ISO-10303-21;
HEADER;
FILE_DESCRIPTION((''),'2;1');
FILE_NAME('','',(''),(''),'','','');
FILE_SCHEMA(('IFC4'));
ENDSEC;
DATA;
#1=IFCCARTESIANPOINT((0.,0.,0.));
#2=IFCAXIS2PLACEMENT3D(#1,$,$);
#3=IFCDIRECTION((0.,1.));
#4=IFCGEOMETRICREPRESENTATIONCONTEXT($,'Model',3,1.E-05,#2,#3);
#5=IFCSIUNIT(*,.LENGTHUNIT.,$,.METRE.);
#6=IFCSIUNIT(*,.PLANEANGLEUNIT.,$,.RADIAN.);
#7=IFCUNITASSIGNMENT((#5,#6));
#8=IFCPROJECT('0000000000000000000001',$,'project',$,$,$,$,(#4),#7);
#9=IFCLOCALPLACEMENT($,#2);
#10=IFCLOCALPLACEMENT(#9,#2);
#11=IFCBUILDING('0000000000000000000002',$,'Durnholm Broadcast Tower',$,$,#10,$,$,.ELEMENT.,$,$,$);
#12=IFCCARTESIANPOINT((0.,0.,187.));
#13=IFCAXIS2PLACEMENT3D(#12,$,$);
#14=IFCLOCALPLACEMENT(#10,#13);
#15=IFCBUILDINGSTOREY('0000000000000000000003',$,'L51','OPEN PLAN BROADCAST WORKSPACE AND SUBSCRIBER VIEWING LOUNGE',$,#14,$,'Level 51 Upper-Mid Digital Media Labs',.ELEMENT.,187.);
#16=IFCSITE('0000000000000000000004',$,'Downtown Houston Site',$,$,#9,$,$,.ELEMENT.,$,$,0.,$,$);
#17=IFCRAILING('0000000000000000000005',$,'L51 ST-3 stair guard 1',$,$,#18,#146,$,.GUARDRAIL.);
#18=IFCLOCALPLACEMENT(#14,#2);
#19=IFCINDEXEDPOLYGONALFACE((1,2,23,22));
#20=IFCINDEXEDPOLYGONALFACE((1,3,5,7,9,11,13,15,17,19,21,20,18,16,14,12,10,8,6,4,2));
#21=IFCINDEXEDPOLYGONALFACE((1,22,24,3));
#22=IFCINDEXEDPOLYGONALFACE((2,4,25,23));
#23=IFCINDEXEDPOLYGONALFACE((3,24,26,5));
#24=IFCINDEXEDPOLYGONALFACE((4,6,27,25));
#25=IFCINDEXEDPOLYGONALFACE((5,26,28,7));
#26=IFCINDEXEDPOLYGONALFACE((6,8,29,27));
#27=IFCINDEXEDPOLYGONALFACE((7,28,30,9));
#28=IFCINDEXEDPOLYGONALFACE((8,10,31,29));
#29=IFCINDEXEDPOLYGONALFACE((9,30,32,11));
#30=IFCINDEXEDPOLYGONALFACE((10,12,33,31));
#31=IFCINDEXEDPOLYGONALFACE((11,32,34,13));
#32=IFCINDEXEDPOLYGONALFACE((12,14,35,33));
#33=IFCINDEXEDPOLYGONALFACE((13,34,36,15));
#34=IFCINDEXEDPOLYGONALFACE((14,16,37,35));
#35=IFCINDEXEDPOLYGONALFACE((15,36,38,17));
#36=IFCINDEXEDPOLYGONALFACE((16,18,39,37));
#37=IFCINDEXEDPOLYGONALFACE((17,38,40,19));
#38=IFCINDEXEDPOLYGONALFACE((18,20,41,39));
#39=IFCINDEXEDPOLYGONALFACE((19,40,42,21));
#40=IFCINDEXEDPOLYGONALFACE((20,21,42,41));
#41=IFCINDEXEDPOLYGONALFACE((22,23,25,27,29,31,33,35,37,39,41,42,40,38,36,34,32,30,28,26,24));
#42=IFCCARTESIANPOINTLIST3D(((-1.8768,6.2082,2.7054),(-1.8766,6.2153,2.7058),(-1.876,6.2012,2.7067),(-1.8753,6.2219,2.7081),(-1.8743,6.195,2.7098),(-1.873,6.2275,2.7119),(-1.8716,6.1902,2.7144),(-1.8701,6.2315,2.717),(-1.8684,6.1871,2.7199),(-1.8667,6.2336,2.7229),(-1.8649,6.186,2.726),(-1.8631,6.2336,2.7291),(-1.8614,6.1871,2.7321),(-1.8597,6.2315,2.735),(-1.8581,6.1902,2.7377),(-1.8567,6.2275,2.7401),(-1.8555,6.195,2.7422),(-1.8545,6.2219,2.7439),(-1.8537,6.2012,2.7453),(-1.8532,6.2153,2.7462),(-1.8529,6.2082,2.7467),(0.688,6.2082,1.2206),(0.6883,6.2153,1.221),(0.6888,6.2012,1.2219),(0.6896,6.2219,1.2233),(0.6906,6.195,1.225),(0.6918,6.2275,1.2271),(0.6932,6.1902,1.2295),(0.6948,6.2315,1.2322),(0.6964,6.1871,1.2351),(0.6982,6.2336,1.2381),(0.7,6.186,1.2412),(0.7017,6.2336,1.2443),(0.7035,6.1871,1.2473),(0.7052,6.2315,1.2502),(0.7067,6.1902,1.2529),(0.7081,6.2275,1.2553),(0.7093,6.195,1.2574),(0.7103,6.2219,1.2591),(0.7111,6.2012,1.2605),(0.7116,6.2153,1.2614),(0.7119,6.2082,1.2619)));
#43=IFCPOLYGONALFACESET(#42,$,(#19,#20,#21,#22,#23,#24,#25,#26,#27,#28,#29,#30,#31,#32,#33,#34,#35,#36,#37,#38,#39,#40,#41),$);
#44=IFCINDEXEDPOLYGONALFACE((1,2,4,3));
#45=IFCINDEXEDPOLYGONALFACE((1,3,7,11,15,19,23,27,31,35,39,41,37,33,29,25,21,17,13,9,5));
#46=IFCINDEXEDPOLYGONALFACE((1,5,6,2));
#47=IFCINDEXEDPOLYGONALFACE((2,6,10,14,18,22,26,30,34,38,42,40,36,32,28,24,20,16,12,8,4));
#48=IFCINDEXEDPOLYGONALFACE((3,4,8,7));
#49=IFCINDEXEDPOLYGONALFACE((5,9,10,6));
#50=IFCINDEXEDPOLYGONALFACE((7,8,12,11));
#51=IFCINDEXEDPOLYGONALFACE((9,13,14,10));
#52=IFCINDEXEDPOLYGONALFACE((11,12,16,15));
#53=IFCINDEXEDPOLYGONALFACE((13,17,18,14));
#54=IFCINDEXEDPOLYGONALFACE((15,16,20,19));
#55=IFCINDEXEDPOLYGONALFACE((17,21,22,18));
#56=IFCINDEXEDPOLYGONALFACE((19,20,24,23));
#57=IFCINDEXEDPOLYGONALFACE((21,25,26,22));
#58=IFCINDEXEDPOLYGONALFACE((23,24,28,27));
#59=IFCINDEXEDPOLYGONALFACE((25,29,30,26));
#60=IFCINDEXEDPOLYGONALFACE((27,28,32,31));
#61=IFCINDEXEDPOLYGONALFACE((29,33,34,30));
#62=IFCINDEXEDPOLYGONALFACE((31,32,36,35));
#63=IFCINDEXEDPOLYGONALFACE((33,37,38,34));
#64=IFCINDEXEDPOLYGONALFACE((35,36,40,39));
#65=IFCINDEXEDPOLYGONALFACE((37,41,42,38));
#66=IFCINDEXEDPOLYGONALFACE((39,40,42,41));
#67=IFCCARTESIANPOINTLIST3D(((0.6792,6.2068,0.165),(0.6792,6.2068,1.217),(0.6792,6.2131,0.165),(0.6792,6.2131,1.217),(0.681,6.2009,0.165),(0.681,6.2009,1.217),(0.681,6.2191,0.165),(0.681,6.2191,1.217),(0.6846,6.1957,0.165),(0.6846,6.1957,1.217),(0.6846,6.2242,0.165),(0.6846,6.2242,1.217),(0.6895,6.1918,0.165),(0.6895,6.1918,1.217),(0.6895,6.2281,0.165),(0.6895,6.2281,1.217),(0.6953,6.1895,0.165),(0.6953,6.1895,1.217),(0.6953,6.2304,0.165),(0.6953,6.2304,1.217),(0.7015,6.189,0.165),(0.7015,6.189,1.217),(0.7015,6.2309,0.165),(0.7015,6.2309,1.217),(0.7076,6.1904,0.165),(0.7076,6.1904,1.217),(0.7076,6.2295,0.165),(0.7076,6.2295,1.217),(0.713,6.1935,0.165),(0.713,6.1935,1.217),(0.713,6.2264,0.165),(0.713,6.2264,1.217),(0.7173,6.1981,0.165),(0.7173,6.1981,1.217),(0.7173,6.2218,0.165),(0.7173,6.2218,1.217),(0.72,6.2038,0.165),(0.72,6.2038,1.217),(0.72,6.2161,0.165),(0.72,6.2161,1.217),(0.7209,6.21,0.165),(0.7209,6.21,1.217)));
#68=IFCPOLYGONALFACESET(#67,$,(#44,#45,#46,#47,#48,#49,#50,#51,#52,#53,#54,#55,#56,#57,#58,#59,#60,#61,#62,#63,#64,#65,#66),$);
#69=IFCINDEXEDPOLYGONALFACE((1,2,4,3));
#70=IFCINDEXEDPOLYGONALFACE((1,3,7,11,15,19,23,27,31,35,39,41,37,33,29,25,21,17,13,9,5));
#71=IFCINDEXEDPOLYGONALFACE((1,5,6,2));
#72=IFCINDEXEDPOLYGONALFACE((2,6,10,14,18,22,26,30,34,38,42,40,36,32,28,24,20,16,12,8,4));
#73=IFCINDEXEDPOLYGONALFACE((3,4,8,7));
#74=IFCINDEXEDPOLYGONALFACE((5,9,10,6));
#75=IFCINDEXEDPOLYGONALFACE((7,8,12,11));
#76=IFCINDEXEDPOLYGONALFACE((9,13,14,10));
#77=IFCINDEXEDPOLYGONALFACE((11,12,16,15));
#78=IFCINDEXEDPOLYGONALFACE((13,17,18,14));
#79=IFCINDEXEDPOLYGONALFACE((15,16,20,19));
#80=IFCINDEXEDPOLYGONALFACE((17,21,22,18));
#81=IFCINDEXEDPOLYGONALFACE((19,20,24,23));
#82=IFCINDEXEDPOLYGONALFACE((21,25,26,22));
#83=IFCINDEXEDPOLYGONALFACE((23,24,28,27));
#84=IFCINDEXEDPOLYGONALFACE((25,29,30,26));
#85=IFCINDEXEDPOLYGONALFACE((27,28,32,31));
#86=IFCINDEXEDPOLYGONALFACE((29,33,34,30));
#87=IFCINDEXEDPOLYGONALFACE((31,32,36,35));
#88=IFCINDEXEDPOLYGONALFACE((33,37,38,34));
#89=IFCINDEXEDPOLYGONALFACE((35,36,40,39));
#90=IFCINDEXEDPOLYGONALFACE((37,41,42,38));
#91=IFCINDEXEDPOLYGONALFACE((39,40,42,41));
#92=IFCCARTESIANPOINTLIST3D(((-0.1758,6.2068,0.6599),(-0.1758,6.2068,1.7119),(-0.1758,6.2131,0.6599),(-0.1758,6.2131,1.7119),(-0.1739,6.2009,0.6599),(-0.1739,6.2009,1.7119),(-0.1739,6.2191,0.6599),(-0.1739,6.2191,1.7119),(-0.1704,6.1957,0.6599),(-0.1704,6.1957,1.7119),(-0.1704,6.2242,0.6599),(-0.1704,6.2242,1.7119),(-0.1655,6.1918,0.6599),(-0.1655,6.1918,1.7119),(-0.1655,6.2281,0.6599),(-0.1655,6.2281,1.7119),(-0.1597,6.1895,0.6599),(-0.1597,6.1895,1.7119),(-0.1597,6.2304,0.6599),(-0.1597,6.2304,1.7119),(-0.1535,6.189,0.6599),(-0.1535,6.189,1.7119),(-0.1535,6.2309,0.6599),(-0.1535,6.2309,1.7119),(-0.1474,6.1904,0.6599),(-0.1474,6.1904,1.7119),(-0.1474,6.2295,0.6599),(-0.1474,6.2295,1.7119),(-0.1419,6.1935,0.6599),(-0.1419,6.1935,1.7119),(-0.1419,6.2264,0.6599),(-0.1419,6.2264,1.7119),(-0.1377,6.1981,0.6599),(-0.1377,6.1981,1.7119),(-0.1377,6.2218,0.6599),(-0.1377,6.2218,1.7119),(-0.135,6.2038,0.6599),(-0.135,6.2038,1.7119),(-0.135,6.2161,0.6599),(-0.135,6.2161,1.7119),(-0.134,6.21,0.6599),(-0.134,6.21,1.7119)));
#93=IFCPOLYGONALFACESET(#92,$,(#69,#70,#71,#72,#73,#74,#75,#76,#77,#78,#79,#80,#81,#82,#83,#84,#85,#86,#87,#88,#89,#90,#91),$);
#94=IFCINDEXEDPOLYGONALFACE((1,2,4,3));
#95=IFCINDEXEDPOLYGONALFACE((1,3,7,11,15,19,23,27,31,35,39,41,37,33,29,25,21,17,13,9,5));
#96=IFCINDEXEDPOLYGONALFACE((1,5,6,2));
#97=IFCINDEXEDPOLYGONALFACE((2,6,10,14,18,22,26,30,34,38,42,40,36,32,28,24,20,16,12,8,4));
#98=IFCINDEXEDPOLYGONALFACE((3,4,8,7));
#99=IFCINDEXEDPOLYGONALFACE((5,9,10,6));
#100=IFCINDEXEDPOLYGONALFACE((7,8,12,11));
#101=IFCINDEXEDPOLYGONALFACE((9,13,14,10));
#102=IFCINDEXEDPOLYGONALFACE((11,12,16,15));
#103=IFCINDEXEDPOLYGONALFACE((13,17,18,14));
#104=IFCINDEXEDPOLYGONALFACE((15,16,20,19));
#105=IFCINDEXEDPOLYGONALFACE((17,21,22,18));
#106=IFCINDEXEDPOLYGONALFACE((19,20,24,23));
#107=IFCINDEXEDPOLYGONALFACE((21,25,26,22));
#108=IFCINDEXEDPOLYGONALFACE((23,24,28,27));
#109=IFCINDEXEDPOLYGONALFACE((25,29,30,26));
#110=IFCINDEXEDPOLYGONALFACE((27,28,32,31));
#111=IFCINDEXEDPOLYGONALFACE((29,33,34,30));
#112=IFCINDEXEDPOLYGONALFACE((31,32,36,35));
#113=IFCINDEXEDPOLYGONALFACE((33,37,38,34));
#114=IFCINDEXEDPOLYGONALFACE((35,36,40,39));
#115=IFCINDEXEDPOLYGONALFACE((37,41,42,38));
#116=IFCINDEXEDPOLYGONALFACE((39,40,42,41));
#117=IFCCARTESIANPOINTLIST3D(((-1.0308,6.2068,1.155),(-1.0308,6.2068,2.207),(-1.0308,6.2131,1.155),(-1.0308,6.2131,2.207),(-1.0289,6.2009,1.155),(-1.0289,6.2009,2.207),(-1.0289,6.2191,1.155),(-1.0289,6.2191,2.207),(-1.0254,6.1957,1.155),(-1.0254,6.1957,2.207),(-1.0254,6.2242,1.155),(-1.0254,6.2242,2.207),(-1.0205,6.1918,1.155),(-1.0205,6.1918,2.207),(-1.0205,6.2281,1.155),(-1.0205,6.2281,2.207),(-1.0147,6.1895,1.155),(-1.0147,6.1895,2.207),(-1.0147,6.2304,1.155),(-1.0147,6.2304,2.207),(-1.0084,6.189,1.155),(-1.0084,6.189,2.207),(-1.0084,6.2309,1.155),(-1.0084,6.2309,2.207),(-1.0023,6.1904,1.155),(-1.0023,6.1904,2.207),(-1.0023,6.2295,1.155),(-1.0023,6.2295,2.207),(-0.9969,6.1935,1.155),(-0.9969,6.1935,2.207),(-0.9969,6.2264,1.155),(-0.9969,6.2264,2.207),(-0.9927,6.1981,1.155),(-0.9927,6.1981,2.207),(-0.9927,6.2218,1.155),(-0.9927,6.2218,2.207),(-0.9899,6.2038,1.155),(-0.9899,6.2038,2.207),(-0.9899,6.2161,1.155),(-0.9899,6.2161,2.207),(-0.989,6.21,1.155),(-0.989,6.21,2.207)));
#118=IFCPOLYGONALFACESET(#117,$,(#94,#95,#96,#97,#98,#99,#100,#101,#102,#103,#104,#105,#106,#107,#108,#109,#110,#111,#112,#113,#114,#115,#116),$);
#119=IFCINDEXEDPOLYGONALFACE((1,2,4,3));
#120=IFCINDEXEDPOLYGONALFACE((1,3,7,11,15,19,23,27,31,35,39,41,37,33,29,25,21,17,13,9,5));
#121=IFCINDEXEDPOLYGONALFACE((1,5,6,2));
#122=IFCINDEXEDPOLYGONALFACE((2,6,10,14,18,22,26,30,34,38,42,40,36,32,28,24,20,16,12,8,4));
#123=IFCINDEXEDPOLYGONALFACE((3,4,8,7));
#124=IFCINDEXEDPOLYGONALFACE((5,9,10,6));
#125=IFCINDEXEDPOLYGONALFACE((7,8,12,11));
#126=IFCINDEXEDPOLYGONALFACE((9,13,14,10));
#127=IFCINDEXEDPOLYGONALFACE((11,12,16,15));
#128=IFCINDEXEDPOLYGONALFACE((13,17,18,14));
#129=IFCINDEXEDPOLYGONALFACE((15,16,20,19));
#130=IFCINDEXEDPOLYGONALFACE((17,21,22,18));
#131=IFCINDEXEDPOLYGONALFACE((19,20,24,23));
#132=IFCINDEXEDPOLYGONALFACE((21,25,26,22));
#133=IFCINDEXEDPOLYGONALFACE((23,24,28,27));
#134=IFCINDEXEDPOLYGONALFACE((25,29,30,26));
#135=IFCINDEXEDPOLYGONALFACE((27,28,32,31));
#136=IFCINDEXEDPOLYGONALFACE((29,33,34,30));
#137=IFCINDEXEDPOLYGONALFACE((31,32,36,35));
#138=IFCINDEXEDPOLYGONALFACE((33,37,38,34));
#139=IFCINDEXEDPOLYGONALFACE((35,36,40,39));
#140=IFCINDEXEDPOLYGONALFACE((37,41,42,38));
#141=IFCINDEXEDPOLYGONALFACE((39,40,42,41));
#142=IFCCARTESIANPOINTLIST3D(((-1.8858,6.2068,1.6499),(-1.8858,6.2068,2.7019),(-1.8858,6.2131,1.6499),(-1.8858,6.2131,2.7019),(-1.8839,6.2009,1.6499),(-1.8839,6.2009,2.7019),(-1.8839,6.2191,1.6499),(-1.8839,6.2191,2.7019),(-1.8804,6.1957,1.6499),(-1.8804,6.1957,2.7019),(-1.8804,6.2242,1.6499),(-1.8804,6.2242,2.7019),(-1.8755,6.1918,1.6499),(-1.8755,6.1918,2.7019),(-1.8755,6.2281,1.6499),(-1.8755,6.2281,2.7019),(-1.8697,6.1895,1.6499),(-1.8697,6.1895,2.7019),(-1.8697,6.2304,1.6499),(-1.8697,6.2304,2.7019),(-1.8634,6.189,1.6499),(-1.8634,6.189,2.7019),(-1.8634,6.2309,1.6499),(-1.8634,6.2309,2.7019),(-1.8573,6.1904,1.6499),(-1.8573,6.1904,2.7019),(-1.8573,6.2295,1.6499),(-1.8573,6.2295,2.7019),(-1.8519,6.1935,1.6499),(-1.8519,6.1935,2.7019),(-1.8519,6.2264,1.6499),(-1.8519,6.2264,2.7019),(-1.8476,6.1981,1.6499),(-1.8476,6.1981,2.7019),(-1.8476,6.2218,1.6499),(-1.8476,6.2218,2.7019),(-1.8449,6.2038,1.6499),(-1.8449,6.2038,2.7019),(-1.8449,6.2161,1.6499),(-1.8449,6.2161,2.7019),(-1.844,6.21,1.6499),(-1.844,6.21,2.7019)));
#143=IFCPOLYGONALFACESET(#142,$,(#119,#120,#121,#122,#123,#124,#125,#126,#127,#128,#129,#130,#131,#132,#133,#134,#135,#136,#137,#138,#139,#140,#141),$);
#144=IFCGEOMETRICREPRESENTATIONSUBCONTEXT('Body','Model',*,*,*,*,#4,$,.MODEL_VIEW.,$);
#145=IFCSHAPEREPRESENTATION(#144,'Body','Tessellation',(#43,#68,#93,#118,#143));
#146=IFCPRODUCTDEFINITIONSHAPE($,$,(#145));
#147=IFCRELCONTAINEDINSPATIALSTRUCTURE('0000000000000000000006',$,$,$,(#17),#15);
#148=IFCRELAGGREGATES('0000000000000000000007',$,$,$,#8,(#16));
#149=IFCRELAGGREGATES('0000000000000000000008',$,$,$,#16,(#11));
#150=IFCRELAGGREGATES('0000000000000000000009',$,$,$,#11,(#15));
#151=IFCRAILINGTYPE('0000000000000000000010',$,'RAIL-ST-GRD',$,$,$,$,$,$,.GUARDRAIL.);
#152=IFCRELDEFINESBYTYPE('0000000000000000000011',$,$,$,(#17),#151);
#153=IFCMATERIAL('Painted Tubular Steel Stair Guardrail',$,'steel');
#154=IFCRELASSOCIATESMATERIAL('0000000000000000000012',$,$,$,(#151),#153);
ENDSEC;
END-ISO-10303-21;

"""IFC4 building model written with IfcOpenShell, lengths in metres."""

from ifc_helpers import new_model, si_unit, direction, frame, origin, origin_2d, place, context, subcontext, project, spatial, circle, extrude, material, type_object, element, save


model = new_model("IFC4")

# Units and contexts
model_context = context("Model", 3, precision=1e-05, world=origin(), true_north=direction((0.0, 1.0)))
body_context = subcontext(model_context, "Body", "Model", "MODEL_VIEW")
ifc_project = project(units=[si_unit("LENGTHUNIT", "METRE"), si_unit("PLANEANGLEUNIT", "RADIAN")], contexts=[model_context])

# Site, building, storey
site_placement = place(None, origin())
site = spatial("IfcSite", under=ifc_project, at=site_placement, Name="Downtown Houston Site", CompositionType="ELEMENT", RefElevation=0.0)
building_placement = place(site_placement, origin())
building = spatial("IfcBuilding", under=site, at=building_placement, Name="Durnholm Broadcast Tower", CompositionType="ELEMENT")
storey_placement = place(building_placement, frame((0.0, 0.0, 187.0)))
storey = spatial("IfcBuildingStorey", under=building, at=storey_placement, Name="L51", Description="OPEN PLAN BROADCAST WORKSPACE AND SUBSCRIBER VIEWING LOUNGE", LongName="Level 51 Upper-Mid Digital Media Labs", CompositionType="ELEMENT", Elevation=187.0)

# Railing
ifc_material_1 = material(Name="Painted Tubular Steel Stair Guardrail", Category="steel")
railing_type_1 = type_object("IfcRailingType", Name="RAIL-ST-GRD", PredefinedType="GUARDRAIL", material=ifc_material_1)
railing_1_placement = place(storey_placement, frame((0.7, 6.21, 0.165)))
element("IfcRailing", 1, at=railing_1_placement, inside=storey, type_object=railing_type_1, Name="L51 ST-3 stair guard 1", PredefinedType="GUARDRAIL", context=body_context, shape_type="SweptSolid", body=[
    extrude(circle(Radius=0.0239, at=origin_2d()), frame((0.0, 0.0, 1.0762), z_axis=(-0.865441, 0.0, 0.50101), x_axis=(0.0, -1.0, 0.0)), (0.0, 0.0, 1.0), 2.9636),
    extrude(circle(Radius=0.021, at=origin_2d()), origin(), (0.0, 0.0, 1.0), 1.052),
    extrude(circle(Radius=0.021, at=origin_2d()), frame((-0.855, 0.0, 0.4949)), (0.0, 0.0, 1.0), 1.052),
    extrude(circle(Radius=0.021, at=origin_2d()), frame((-1.71, 0.0, 0.99)), (0.0, 0.0, 1.0), 1.052),
    extrude(circle(Radius=0.021, at=origin_2d()), frame((-2.5649, 0.0, 1.4849)), (0.0, 0.0, 1.0), 1.052),
])

save(model, "model.ifc")
